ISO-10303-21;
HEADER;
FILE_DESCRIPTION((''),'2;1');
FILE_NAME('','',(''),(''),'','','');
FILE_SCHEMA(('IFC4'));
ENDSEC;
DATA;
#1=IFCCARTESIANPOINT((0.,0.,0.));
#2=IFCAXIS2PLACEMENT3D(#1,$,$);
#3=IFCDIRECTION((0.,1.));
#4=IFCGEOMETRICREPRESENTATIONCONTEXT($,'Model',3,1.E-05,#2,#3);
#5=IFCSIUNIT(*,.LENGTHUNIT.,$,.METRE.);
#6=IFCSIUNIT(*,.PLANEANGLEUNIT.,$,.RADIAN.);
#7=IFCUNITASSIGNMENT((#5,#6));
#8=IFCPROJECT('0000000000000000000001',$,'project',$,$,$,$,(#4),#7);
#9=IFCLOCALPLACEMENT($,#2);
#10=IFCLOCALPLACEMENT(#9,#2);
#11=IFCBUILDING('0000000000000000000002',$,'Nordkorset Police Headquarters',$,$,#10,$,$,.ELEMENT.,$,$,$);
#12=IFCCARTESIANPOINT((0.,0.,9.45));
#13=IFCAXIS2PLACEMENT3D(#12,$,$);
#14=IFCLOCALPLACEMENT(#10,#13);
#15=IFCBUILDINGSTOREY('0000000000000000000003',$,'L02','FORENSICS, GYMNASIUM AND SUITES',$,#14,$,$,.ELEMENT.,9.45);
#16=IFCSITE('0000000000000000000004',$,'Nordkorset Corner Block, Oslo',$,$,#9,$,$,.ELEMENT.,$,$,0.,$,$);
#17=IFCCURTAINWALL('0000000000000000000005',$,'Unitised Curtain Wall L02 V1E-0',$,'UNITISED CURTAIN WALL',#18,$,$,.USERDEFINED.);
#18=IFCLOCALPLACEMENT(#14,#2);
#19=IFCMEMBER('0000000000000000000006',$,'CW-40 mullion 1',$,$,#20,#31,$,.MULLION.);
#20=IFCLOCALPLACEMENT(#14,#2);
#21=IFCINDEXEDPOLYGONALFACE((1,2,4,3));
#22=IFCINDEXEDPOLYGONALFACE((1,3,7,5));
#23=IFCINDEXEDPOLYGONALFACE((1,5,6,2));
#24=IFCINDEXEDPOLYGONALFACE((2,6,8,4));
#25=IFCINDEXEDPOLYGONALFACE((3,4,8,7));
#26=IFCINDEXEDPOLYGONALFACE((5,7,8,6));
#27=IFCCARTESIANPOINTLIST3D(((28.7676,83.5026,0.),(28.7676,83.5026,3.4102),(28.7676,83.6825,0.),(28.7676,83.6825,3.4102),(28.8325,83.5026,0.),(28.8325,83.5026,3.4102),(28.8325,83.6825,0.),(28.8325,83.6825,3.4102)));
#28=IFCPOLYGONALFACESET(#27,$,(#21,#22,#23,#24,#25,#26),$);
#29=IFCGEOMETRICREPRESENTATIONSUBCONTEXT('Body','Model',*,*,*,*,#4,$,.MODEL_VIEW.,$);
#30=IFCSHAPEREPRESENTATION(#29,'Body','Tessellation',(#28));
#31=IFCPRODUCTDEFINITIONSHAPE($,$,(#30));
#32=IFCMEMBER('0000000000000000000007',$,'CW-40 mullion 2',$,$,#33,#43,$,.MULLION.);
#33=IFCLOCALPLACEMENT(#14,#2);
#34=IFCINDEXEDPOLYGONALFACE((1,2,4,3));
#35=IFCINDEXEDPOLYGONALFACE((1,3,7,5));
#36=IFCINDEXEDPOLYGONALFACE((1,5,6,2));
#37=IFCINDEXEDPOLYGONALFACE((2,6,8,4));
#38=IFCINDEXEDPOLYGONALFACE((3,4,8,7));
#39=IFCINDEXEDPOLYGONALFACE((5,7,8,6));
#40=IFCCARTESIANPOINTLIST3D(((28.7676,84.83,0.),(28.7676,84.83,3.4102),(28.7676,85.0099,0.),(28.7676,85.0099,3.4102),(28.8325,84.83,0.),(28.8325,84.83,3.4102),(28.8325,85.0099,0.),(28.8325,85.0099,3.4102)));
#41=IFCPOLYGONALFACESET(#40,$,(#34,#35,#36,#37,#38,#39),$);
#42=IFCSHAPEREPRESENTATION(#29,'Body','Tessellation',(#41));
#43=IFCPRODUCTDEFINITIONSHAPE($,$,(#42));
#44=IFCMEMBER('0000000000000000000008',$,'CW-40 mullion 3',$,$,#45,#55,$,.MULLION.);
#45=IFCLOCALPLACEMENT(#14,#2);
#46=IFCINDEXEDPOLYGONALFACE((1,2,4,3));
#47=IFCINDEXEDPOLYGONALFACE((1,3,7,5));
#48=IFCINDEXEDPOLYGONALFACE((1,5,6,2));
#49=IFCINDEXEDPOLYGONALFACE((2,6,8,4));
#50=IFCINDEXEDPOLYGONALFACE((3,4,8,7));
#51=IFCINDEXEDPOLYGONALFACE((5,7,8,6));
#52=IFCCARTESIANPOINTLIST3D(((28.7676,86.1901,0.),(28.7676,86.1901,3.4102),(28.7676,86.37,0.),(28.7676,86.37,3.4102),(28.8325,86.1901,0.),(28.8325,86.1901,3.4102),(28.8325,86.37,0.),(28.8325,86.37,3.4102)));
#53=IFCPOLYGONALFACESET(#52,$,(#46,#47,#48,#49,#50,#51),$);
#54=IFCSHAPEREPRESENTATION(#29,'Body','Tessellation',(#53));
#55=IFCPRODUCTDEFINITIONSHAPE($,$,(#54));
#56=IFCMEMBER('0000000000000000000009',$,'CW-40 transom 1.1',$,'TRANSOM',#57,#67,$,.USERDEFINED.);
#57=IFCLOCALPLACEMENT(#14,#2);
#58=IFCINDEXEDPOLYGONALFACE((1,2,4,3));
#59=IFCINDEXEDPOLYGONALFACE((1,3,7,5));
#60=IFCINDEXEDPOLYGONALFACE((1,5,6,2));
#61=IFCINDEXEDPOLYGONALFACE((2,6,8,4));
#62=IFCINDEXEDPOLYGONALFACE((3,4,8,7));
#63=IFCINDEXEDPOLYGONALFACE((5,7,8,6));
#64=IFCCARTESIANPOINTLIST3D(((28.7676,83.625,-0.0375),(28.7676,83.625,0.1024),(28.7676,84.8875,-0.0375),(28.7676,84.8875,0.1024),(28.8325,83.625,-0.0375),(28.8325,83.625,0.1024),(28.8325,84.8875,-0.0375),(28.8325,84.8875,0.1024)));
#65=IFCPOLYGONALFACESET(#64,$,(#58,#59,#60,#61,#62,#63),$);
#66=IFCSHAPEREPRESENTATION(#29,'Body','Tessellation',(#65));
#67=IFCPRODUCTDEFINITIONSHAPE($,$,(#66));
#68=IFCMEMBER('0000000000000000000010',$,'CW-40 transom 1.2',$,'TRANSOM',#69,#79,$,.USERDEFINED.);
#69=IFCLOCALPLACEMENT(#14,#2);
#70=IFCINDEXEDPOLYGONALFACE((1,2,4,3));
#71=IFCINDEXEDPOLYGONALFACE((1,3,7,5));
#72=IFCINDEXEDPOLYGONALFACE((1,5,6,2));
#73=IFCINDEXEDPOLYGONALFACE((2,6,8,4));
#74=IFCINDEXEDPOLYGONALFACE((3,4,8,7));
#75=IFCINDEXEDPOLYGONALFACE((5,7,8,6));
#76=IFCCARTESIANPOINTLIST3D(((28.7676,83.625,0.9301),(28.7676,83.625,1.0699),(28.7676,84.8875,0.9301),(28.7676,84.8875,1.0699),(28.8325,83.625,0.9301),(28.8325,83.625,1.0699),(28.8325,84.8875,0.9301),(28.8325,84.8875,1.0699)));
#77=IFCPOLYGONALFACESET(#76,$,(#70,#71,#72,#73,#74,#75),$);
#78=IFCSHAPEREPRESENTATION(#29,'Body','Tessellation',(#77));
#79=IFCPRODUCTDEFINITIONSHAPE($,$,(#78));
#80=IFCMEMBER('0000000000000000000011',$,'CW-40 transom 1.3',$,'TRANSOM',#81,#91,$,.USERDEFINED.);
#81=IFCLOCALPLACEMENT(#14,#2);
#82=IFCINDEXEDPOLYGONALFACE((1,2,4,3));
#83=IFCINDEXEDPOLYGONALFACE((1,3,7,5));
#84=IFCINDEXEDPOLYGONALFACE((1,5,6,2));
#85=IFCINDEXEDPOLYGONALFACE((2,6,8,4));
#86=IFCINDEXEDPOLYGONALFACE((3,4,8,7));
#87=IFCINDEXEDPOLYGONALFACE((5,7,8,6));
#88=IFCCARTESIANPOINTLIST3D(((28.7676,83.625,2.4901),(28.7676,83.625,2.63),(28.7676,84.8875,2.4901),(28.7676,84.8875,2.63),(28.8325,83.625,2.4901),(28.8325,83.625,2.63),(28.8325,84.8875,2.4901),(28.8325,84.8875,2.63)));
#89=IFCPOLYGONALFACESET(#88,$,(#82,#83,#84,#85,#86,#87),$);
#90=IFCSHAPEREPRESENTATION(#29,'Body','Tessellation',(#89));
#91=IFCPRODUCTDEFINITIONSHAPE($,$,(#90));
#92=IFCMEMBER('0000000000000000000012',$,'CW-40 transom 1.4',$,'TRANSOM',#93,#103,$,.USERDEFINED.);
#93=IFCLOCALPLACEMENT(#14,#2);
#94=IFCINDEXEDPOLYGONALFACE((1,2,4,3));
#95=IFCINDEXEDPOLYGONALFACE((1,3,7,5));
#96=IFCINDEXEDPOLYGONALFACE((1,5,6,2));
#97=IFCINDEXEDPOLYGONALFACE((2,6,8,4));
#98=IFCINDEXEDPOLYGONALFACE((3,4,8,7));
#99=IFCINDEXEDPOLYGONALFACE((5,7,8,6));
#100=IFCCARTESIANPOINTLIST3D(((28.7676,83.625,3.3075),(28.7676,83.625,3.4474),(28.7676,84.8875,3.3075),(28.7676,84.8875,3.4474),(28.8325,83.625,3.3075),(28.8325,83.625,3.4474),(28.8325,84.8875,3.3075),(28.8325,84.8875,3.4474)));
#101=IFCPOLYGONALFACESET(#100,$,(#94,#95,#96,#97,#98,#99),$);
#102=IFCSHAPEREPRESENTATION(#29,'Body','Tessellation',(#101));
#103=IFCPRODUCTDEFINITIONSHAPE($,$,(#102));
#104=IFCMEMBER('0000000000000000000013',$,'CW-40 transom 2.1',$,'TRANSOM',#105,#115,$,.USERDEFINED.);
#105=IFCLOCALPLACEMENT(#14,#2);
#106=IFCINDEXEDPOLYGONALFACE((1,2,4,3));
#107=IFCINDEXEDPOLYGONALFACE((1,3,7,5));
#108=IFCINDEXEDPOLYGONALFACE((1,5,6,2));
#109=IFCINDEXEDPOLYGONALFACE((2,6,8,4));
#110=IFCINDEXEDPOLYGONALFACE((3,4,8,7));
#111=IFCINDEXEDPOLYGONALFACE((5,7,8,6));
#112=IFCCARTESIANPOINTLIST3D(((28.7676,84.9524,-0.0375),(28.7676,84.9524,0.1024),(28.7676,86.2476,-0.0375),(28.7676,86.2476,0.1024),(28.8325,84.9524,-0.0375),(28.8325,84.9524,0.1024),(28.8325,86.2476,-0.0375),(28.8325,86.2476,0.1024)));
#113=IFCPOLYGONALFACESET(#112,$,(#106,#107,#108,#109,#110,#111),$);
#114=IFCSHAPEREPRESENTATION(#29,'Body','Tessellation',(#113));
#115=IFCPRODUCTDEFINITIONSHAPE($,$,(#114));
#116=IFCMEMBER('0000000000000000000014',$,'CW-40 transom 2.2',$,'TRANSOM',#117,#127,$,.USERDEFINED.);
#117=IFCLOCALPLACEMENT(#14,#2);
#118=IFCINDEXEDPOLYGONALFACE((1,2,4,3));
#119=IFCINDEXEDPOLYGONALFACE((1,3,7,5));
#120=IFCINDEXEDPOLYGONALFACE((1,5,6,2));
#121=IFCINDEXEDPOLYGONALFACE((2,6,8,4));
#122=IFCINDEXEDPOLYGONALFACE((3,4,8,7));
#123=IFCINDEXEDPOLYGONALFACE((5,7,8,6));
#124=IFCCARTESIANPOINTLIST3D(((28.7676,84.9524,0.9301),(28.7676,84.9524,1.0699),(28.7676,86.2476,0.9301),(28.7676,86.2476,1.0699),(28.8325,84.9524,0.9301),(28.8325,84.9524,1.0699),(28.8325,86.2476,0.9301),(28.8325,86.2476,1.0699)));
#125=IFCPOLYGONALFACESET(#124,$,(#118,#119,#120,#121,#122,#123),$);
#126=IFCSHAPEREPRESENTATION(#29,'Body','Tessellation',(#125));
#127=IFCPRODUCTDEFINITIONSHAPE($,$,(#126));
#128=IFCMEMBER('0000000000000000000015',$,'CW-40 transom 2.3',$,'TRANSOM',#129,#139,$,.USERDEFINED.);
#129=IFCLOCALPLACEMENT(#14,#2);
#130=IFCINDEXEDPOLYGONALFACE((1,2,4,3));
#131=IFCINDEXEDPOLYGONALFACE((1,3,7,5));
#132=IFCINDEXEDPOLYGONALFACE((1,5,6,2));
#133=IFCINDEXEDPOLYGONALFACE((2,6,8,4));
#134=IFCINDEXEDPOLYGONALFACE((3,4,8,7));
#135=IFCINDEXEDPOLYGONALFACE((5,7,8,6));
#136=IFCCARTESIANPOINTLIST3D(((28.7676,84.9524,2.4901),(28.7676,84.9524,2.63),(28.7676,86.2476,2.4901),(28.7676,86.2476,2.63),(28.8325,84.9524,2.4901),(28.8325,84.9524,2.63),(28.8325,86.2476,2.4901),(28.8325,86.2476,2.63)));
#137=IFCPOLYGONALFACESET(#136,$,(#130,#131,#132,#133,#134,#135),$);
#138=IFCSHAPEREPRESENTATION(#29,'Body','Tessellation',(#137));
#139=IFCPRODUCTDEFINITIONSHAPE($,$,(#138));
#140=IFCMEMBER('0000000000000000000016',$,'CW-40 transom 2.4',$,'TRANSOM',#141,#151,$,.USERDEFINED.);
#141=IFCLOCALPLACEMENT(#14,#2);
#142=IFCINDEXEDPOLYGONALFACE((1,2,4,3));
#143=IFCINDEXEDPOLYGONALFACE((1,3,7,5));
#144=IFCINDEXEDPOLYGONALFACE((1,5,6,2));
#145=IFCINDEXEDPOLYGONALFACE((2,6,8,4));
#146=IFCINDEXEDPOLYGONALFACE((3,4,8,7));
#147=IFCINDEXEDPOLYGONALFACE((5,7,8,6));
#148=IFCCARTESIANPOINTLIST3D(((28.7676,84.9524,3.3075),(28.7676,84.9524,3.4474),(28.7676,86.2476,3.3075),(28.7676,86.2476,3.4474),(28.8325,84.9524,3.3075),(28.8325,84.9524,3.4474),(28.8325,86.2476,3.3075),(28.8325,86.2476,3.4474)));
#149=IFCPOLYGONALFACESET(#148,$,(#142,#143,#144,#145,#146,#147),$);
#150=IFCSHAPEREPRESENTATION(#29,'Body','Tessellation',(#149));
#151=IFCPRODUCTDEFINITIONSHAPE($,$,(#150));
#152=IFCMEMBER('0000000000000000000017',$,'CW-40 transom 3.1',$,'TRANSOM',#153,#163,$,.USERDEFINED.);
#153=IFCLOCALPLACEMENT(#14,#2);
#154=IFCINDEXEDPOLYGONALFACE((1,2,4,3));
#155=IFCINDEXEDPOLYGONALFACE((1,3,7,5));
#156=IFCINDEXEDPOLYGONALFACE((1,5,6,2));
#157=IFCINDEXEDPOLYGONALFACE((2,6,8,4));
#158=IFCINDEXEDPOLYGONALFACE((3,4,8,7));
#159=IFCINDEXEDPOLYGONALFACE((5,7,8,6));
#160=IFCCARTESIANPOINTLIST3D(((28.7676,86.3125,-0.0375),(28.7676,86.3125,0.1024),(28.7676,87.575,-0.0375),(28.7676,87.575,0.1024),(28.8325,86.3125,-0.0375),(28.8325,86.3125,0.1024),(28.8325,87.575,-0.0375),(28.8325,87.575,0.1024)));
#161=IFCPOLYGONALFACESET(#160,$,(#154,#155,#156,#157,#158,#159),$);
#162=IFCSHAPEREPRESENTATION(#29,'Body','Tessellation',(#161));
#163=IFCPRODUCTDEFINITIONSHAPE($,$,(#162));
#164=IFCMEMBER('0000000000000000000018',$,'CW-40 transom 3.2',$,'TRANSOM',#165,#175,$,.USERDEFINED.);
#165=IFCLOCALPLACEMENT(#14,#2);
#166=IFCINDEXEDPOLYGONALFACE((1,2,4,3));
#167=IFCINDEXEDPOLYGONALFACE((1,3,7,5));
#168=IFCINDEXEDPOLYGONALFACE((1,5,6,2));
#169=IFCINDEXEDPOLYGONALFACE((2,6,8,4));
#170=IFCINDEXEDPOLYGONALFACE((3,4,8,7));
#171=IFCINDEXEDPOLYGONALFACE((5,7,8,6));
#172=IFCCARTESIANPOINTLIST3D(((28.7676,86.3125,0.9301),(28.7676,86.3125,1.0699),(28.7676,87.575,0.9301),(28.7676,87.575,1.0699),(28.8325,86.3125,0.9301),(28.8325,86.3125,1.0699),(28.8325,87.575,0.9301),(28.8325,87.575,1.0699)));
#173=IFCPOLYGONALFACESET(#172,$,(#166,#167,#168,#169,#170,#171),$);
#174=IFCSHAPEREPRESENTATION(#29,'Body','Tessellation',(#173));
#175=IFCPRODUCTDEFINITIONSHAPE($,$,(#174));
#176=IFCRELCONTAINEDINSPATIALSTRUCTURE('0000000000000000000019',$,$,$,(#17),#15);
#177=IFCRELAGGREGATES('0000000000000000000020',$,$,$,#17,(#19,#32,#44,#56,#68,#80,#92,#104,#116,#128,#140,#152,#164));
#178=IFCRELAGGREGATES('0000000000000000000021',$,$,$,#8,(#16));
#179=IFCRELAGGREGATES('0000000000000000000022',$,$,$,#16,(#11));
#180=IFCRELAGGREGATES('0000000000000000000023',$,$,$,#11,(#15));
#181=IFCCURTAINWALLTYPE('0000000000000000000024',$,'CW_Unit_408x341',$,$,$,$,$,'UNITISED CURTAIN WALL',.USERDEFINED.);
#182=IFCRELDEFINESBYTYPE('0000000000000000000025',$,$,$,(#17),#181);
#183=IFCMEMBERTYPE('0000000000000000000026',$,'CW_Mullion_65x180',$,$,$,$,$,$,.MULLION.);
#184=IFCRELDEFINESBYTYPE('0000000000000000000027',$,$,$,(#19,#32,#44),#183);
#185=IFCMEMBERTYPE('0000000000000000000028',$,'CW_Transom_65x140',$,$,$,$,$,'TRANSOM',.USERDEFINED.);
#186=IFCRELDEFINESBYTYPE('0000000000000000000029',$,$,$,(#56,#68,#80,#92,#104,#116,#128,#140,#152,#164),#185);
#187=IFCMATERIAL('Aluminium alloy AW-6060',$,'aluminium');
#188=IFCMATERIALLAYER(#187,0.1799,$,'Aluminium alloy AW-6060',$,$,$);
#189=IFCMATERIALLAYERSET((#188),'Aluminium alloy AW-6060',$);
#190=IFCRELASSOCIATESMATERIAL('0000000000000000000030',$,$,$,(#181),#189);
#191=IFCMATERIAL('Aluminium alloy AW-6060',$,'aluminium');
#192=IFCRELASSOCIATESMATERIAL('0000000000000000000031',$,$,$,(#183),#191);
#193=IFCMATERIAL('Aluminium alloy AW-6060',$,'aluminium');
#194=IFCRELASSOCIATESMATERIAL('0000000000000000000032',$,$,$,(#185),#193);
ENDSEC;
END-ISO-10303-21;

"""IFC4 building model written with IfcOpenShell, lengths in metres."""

from ifc_helpers import new_model, si_unit, direction, frame, origin, origin_2d, place, context, subcontext, project, spatial, rectangle, extrude, material, layer, layer_set, material_profile, profile_set, type_object, element, aggregate, save


model = new_model("IFC4")

# Units and contexts
model_context = context("Model", 3, precision=1e-05, world=origin(), true_north=direction((0.0, 1.0)))
body_context = subcontext(model_context, "Body", "Model", "MODEL_VIEW")
ifc_project = project(units=[si_unit("LENGTHUNIT", "METRE"), si_unit("PLANEANGLEUNIT", "RADIAN")], contexts=[model_context])

# Site, building, storey
site_placement = place(None, origin())
site = spatial("IfcSite", under=ifc_project, at=site_placement, Name="Nordkorset Corner Block, Oslo", CompositionType="ELEMENT", RefElevation=0.0)
building_placement = place(site_placement, origin())
building = spatial("IfcBuilding", under=site, at=building_placement, Name="Nordkorset Police Headquarters", CompositionType="ELEMENT")
storey_placement = place(building_placement, frame((0.0, 0.0, 9.45)))
storey = spatial("IfcBuildingStorey", under=building, at=storey_placement, Name="L02", Description="FORENSICS, GYMNASIUM AND SUITES", CompositionType="ELEMENT", Elevation=9.45)

# Curtain wall, members
ifc_material_1 = material(Name="Aluminium alloy AW-6060", Category="aluminium")
ifc_layer_1 = layer(ifc_material_1, 0.1799, Name="Aluminium alloy AW-6060")
ifc_layer_set_1 = layer_set([ifc_layer_1], Name="Aluminium alloy AW-6060")
curtain_wall_type = type_object("IfcCurtainWallType", Name="CW_Unit_408x341", ElementType="UNITISED CURTAIN WALL", PredefinedType="USERDEFINED", material=ifc_layer_set_1)
curtain_wall_placement = place(storey_placement, origin())
curtain_wall = element("IfcCurtainWall", 1, at=curtain_wall_placement, inside=storey, type_object=curtain_wall_type, Name="Unitised Curtain Wall L02 V1E-0", ObjectType="UNITISED CURTAIN WALL", PredefinedType="USERDEFINED")
ifc_material_2 = material(Name="Aluminium alloy AW-6060", Category="aluminium")
ifc_material_profile_1 = material_profile(ifc_material_2, rectangle(XDim=0.0649, YDim=0.1799, at=origin_2d()), Name="ALU MULL 65x180")
ifc_profile_set_1 = profile_set([ifc_material_profile_1], Name="Aluminium alloy AW-6060")
member_type_1 = type_object("IfcMemberType", Name="CW_Mullion_65x180", PredefinedType="MULLION", material=ifc_profile_set_1)
member_1_placement = place(storey_placement, frame((28.8, 83.5925, 0.0), z_axis=(0.0, 0.0, 1.0), x_axis=(-1.0, 0.0, 0.0)))
member_1 = element("IfcMember", 2, at=member_1_placement, type_object=member_type_1, Name="CW-40 mullion 1", PredefinedType="MULLION", context=body_context, shape_type="SweptSolid", body=[
    extrude(rectangle(XDim=0.0649, YDim=0.1799, at=origin_2d()), origin(), (0.0, 0.0, 1.0), 3.4102),
])
member_2_placement = place(storey_placement, frame((28.8, 84.9199, 0.0), z_axis=(0.0, 0.0, 1.0), x_axis=(-1.0, 0.0, 0.0)))
member_2 = element("IfcMember", 3, at=member_2_placement, type_object=member_type_1, Name="CW-40 mullion 2", PredefinedType="MULLION", context=body_context, shape_type="SweptSolid", body=[
    extrude(rectangle(XDim=0.0649, YDim=0.1799, at=origin_2d()), origin(), (0.0, 0.0, 1.0), 3.4102),
])
member_3_placement = place(storey_placement, frame((28.8, 86.28, 0.0), z_axis=(0.0, 0.0, 1.0), x_axis=(-1.0, 0.0, 0.0)))
member_3 = element("IfcMember", 4, at=member_3_placement, type_object=member_type_1, Name="CW-40 mullion 3", PredefinedType="MULLION", context=body_context, shape_type="SweptSolid", body=[
    extrude(rectangle(XDim=0.0649, YDim=0.1799, at=origin_2d()), origin(), (0.0, 0.0, 1.0), 3.4102),
])
ifc_material_3 = material(Name="Aluminium alloy AW-6060", Category="aluminium")
ifc_material_profile_2 = material_profile(ifc_material_3, rectangle(XDim=0.0649, YDim=0.1399, at=origin_2d()), Name="ALU TRAN 65x140")
ifc_profile_set_2 = profile_set([ifc_material_profile_2], Name="Aluminium alloy AW-6060")
member_type_2 = type_object("IfcMemberType", Name="CW_Transom_65x140", ElementType="TRANSOM", PredefinedType="USERDEFINED", material=ifc_profile_set_2)
member_4_placement = place(storey_placement, frame((28.8, 83.625, 0.0325), z_axis=(0.0, 1.0, 0.0), x_axis=(-1.0, 0.0, 0.0)))
member_4 = element("IfcMember", 5, at=member_4_placement, type_object=member_type_2, Name="CW-40 transom 1.1", ObjectType="TRANSOM", PredefinedType="USERDEFINED", context=body_context, shape_type="SweptSolid", body=[
    extrude(rectangle(XDim=0.0649, YDim=0.1399, at=origin_2d()), origin(), (0.0, 0.0, 1.0), 1.2625),
])
member_5_placement = place(storey_placement, frame((28.8, 83.625, 1.0), z_axis=(0.0, 1.0, 0.0), x_axis=(-1.0, 0.0, 0.0)))
member_5 = element("IfcMember", 6, at=member_5_placement, type_object=member_type_2, Name="CW-40 transom 1.2", ObjectType="TRANSOM", PredefinedType="USERDEFINED", context=body_context, shape_type="SweptSolid", body=[
    extrude(rectangle(XDim=0.0649, YDim=0.1399, at=origin_2d()), origin(), (0.0, 0.0, 1.0), 1.2625),
])
member_6_placement = place(storey_placement, frame((28.8, 83.625, 2.5601), z_axis=(0.0, 1.0, 0.0), x_axis=(-1.0, 0.0, 0.0)))
member_6 = element("IfcMember", 7, at=member_6_placement, type_object=member_type_2, Name="CW-40 transom 1.3", ObjectType="TRANSOM", PredefinedType="USERDEFINED", context=body_context, shape_type="SweptSolid", body=[
    extrude(rectangle(XDim=0.0649, YDim=0.1399, at=origin_2d()), origin(), (0.0, 0.0, 1.0), 1.2625),
])
member_7_placement = place(storey_placement, frame((28.8, 83.625, 3.3774), z_axis=(0.0, 1.0, 0.0), x_axis=(-1.0, 0.0, 0.0)))
member_7 = element("IfcMember", 8, at=member_7_placement, type_object=member_type_2, Name="CW-40 transom 1.4", ObjectType="TRANSOM", PredefinedType="USERDEFINED", context=body_context, shape_type="SweptSolid", body=[
    extrude(rectangle(XDim=0.0649, YDim=0.1399, at=origin_2d()), origin(), (0.0, 0.0, 1.0), 1.2625),
])
member_8_placement = place(storey_placement, frame((28.8, 84.9524, 0.0325), z_axis=(0.0, 1.0, 0.0), x_axis=(-1.0, 0.0, 0.0)))
member_8 = element("IfcMember", 9, at=member_8_placement, type_object=member_type_2, Name="CW-40 transom 2.1", ObjectType="TRANSOM", PredefinedType="USERDEFINED", context=body_context, shape_type="SweptSolid", body=[
    extrude(rectangle(XDim=0.0649, YDim=0.1399, at=origin_2d()), origin(), (0.0, 0.0, 1.0), 1.2952),
])
member_9_placement = place(storey_placement, frame((28.8, 84.9524, 1.0), z_axis=(0.0, 1.0, 0.0), x_axis=(-1.0, 0.0, 0.0)))
member_9 = element("IfcMember", 10, at=member_9_placement, type_object=member_type_2, Name="CW-40 transom 2.2", ObjectType="TRANSOM", PredefinedType="USERDEFINED", context=body_context, shape_type="SweptSolid", body=[
    extrude(rectangle(XDim=0.0649, YDim=0.1399, at=origin_2d()), origin(), (0.0, 0.0, 1.0), 1.2952),
])
member_10_placement = place(storey_placement, frame((28.8, 84.9524, 2.5601), z_axis=(0.0, 1.0, 0.0), x_axis=(-1.0, 0.0, 0.0)))
member_10 = element("IfcMember", 11, at=member_10_placement, type_object=member_type_2, Name="CW-40 transom 2.3", ObjectType="TRANSOM", PredefinedType="USERDEFINED", context=body_context, shape_type="SweptSolid", body=[
    extrude(rectangle(XDim=0.0649, YDim=0.1399, at=origin_2d()), origin(), (0.0, 0.0, 1.0), 1.2952),
])
member_11_placement = place(storey_placement, frame((28.8, 84.9524, 3.3774), z_axis=(0.0, 1.0, 0.0), x_axis=(-1.0, 0.0, 0.0)))
member_11 = element("IfcMember", 12, at=member_11_placement, type_object=member_type_2, Name="CW-40 transom 2.4", ObjectType="TRANSOM", PredefinedType="USERDEFINED", context=body_context, shape_type="SweptSolid", body=[
    extrude(rectangle(XDim=0.0649, YDim=0.1399, at=origin_2d()), origin(), (0.0, 0.0, 1.0), 1.2952),
])
member_12_placement = place(storey_placement, frame((28.8, 86.3125, 0.0325), z_axis=(0.0, 1.0, 0.0), x_axis=(-1.0, 0.0, 0.0)))
member_12 = element("IfcMember", 13, at=member_12_placement, type_object=member_type_2, Name="CW-40 transom 3.1", ObjectType="TRANSOM", PredefinedType="USERDEFINED", context=body_context, shape_type="SweptSolid", body=[
    extrude(rectangle(XDim=0.0649, YDim=0.1399, at=origin_2d()), origin(), (0.0, 0.0, 1.0), 1.2625),
])
member_13_placement = place(storey_placement, frame((28.8, 86.3125, 1.0), z_axis=(0.0, 1.0, 0.0), x_axis=(-1.0, 0.0, 0.0)))
member_13 = element("IfcMember", 14, at=member_13_placement, type_object=member_type_2, Name="CW-40 transom 3.2", ObjectType="TRANSOM", PredefinedType="USERDEFINED", context=body_context, shape_type="SweptSolid", body=[
    extrude(rectangle(XDim=0.0649, YDim=0.1399, at=origin_2d()), origin(), (0.0, 0.0, 1.0), 1.2625),
])

aggregate(curtain_wall, [member_1, member_2, member_3, member_4, member_5, member_6, member_7, member_8, member_9, member_10, member_11, member_12, member_13])

save(model, "model.ifc")
